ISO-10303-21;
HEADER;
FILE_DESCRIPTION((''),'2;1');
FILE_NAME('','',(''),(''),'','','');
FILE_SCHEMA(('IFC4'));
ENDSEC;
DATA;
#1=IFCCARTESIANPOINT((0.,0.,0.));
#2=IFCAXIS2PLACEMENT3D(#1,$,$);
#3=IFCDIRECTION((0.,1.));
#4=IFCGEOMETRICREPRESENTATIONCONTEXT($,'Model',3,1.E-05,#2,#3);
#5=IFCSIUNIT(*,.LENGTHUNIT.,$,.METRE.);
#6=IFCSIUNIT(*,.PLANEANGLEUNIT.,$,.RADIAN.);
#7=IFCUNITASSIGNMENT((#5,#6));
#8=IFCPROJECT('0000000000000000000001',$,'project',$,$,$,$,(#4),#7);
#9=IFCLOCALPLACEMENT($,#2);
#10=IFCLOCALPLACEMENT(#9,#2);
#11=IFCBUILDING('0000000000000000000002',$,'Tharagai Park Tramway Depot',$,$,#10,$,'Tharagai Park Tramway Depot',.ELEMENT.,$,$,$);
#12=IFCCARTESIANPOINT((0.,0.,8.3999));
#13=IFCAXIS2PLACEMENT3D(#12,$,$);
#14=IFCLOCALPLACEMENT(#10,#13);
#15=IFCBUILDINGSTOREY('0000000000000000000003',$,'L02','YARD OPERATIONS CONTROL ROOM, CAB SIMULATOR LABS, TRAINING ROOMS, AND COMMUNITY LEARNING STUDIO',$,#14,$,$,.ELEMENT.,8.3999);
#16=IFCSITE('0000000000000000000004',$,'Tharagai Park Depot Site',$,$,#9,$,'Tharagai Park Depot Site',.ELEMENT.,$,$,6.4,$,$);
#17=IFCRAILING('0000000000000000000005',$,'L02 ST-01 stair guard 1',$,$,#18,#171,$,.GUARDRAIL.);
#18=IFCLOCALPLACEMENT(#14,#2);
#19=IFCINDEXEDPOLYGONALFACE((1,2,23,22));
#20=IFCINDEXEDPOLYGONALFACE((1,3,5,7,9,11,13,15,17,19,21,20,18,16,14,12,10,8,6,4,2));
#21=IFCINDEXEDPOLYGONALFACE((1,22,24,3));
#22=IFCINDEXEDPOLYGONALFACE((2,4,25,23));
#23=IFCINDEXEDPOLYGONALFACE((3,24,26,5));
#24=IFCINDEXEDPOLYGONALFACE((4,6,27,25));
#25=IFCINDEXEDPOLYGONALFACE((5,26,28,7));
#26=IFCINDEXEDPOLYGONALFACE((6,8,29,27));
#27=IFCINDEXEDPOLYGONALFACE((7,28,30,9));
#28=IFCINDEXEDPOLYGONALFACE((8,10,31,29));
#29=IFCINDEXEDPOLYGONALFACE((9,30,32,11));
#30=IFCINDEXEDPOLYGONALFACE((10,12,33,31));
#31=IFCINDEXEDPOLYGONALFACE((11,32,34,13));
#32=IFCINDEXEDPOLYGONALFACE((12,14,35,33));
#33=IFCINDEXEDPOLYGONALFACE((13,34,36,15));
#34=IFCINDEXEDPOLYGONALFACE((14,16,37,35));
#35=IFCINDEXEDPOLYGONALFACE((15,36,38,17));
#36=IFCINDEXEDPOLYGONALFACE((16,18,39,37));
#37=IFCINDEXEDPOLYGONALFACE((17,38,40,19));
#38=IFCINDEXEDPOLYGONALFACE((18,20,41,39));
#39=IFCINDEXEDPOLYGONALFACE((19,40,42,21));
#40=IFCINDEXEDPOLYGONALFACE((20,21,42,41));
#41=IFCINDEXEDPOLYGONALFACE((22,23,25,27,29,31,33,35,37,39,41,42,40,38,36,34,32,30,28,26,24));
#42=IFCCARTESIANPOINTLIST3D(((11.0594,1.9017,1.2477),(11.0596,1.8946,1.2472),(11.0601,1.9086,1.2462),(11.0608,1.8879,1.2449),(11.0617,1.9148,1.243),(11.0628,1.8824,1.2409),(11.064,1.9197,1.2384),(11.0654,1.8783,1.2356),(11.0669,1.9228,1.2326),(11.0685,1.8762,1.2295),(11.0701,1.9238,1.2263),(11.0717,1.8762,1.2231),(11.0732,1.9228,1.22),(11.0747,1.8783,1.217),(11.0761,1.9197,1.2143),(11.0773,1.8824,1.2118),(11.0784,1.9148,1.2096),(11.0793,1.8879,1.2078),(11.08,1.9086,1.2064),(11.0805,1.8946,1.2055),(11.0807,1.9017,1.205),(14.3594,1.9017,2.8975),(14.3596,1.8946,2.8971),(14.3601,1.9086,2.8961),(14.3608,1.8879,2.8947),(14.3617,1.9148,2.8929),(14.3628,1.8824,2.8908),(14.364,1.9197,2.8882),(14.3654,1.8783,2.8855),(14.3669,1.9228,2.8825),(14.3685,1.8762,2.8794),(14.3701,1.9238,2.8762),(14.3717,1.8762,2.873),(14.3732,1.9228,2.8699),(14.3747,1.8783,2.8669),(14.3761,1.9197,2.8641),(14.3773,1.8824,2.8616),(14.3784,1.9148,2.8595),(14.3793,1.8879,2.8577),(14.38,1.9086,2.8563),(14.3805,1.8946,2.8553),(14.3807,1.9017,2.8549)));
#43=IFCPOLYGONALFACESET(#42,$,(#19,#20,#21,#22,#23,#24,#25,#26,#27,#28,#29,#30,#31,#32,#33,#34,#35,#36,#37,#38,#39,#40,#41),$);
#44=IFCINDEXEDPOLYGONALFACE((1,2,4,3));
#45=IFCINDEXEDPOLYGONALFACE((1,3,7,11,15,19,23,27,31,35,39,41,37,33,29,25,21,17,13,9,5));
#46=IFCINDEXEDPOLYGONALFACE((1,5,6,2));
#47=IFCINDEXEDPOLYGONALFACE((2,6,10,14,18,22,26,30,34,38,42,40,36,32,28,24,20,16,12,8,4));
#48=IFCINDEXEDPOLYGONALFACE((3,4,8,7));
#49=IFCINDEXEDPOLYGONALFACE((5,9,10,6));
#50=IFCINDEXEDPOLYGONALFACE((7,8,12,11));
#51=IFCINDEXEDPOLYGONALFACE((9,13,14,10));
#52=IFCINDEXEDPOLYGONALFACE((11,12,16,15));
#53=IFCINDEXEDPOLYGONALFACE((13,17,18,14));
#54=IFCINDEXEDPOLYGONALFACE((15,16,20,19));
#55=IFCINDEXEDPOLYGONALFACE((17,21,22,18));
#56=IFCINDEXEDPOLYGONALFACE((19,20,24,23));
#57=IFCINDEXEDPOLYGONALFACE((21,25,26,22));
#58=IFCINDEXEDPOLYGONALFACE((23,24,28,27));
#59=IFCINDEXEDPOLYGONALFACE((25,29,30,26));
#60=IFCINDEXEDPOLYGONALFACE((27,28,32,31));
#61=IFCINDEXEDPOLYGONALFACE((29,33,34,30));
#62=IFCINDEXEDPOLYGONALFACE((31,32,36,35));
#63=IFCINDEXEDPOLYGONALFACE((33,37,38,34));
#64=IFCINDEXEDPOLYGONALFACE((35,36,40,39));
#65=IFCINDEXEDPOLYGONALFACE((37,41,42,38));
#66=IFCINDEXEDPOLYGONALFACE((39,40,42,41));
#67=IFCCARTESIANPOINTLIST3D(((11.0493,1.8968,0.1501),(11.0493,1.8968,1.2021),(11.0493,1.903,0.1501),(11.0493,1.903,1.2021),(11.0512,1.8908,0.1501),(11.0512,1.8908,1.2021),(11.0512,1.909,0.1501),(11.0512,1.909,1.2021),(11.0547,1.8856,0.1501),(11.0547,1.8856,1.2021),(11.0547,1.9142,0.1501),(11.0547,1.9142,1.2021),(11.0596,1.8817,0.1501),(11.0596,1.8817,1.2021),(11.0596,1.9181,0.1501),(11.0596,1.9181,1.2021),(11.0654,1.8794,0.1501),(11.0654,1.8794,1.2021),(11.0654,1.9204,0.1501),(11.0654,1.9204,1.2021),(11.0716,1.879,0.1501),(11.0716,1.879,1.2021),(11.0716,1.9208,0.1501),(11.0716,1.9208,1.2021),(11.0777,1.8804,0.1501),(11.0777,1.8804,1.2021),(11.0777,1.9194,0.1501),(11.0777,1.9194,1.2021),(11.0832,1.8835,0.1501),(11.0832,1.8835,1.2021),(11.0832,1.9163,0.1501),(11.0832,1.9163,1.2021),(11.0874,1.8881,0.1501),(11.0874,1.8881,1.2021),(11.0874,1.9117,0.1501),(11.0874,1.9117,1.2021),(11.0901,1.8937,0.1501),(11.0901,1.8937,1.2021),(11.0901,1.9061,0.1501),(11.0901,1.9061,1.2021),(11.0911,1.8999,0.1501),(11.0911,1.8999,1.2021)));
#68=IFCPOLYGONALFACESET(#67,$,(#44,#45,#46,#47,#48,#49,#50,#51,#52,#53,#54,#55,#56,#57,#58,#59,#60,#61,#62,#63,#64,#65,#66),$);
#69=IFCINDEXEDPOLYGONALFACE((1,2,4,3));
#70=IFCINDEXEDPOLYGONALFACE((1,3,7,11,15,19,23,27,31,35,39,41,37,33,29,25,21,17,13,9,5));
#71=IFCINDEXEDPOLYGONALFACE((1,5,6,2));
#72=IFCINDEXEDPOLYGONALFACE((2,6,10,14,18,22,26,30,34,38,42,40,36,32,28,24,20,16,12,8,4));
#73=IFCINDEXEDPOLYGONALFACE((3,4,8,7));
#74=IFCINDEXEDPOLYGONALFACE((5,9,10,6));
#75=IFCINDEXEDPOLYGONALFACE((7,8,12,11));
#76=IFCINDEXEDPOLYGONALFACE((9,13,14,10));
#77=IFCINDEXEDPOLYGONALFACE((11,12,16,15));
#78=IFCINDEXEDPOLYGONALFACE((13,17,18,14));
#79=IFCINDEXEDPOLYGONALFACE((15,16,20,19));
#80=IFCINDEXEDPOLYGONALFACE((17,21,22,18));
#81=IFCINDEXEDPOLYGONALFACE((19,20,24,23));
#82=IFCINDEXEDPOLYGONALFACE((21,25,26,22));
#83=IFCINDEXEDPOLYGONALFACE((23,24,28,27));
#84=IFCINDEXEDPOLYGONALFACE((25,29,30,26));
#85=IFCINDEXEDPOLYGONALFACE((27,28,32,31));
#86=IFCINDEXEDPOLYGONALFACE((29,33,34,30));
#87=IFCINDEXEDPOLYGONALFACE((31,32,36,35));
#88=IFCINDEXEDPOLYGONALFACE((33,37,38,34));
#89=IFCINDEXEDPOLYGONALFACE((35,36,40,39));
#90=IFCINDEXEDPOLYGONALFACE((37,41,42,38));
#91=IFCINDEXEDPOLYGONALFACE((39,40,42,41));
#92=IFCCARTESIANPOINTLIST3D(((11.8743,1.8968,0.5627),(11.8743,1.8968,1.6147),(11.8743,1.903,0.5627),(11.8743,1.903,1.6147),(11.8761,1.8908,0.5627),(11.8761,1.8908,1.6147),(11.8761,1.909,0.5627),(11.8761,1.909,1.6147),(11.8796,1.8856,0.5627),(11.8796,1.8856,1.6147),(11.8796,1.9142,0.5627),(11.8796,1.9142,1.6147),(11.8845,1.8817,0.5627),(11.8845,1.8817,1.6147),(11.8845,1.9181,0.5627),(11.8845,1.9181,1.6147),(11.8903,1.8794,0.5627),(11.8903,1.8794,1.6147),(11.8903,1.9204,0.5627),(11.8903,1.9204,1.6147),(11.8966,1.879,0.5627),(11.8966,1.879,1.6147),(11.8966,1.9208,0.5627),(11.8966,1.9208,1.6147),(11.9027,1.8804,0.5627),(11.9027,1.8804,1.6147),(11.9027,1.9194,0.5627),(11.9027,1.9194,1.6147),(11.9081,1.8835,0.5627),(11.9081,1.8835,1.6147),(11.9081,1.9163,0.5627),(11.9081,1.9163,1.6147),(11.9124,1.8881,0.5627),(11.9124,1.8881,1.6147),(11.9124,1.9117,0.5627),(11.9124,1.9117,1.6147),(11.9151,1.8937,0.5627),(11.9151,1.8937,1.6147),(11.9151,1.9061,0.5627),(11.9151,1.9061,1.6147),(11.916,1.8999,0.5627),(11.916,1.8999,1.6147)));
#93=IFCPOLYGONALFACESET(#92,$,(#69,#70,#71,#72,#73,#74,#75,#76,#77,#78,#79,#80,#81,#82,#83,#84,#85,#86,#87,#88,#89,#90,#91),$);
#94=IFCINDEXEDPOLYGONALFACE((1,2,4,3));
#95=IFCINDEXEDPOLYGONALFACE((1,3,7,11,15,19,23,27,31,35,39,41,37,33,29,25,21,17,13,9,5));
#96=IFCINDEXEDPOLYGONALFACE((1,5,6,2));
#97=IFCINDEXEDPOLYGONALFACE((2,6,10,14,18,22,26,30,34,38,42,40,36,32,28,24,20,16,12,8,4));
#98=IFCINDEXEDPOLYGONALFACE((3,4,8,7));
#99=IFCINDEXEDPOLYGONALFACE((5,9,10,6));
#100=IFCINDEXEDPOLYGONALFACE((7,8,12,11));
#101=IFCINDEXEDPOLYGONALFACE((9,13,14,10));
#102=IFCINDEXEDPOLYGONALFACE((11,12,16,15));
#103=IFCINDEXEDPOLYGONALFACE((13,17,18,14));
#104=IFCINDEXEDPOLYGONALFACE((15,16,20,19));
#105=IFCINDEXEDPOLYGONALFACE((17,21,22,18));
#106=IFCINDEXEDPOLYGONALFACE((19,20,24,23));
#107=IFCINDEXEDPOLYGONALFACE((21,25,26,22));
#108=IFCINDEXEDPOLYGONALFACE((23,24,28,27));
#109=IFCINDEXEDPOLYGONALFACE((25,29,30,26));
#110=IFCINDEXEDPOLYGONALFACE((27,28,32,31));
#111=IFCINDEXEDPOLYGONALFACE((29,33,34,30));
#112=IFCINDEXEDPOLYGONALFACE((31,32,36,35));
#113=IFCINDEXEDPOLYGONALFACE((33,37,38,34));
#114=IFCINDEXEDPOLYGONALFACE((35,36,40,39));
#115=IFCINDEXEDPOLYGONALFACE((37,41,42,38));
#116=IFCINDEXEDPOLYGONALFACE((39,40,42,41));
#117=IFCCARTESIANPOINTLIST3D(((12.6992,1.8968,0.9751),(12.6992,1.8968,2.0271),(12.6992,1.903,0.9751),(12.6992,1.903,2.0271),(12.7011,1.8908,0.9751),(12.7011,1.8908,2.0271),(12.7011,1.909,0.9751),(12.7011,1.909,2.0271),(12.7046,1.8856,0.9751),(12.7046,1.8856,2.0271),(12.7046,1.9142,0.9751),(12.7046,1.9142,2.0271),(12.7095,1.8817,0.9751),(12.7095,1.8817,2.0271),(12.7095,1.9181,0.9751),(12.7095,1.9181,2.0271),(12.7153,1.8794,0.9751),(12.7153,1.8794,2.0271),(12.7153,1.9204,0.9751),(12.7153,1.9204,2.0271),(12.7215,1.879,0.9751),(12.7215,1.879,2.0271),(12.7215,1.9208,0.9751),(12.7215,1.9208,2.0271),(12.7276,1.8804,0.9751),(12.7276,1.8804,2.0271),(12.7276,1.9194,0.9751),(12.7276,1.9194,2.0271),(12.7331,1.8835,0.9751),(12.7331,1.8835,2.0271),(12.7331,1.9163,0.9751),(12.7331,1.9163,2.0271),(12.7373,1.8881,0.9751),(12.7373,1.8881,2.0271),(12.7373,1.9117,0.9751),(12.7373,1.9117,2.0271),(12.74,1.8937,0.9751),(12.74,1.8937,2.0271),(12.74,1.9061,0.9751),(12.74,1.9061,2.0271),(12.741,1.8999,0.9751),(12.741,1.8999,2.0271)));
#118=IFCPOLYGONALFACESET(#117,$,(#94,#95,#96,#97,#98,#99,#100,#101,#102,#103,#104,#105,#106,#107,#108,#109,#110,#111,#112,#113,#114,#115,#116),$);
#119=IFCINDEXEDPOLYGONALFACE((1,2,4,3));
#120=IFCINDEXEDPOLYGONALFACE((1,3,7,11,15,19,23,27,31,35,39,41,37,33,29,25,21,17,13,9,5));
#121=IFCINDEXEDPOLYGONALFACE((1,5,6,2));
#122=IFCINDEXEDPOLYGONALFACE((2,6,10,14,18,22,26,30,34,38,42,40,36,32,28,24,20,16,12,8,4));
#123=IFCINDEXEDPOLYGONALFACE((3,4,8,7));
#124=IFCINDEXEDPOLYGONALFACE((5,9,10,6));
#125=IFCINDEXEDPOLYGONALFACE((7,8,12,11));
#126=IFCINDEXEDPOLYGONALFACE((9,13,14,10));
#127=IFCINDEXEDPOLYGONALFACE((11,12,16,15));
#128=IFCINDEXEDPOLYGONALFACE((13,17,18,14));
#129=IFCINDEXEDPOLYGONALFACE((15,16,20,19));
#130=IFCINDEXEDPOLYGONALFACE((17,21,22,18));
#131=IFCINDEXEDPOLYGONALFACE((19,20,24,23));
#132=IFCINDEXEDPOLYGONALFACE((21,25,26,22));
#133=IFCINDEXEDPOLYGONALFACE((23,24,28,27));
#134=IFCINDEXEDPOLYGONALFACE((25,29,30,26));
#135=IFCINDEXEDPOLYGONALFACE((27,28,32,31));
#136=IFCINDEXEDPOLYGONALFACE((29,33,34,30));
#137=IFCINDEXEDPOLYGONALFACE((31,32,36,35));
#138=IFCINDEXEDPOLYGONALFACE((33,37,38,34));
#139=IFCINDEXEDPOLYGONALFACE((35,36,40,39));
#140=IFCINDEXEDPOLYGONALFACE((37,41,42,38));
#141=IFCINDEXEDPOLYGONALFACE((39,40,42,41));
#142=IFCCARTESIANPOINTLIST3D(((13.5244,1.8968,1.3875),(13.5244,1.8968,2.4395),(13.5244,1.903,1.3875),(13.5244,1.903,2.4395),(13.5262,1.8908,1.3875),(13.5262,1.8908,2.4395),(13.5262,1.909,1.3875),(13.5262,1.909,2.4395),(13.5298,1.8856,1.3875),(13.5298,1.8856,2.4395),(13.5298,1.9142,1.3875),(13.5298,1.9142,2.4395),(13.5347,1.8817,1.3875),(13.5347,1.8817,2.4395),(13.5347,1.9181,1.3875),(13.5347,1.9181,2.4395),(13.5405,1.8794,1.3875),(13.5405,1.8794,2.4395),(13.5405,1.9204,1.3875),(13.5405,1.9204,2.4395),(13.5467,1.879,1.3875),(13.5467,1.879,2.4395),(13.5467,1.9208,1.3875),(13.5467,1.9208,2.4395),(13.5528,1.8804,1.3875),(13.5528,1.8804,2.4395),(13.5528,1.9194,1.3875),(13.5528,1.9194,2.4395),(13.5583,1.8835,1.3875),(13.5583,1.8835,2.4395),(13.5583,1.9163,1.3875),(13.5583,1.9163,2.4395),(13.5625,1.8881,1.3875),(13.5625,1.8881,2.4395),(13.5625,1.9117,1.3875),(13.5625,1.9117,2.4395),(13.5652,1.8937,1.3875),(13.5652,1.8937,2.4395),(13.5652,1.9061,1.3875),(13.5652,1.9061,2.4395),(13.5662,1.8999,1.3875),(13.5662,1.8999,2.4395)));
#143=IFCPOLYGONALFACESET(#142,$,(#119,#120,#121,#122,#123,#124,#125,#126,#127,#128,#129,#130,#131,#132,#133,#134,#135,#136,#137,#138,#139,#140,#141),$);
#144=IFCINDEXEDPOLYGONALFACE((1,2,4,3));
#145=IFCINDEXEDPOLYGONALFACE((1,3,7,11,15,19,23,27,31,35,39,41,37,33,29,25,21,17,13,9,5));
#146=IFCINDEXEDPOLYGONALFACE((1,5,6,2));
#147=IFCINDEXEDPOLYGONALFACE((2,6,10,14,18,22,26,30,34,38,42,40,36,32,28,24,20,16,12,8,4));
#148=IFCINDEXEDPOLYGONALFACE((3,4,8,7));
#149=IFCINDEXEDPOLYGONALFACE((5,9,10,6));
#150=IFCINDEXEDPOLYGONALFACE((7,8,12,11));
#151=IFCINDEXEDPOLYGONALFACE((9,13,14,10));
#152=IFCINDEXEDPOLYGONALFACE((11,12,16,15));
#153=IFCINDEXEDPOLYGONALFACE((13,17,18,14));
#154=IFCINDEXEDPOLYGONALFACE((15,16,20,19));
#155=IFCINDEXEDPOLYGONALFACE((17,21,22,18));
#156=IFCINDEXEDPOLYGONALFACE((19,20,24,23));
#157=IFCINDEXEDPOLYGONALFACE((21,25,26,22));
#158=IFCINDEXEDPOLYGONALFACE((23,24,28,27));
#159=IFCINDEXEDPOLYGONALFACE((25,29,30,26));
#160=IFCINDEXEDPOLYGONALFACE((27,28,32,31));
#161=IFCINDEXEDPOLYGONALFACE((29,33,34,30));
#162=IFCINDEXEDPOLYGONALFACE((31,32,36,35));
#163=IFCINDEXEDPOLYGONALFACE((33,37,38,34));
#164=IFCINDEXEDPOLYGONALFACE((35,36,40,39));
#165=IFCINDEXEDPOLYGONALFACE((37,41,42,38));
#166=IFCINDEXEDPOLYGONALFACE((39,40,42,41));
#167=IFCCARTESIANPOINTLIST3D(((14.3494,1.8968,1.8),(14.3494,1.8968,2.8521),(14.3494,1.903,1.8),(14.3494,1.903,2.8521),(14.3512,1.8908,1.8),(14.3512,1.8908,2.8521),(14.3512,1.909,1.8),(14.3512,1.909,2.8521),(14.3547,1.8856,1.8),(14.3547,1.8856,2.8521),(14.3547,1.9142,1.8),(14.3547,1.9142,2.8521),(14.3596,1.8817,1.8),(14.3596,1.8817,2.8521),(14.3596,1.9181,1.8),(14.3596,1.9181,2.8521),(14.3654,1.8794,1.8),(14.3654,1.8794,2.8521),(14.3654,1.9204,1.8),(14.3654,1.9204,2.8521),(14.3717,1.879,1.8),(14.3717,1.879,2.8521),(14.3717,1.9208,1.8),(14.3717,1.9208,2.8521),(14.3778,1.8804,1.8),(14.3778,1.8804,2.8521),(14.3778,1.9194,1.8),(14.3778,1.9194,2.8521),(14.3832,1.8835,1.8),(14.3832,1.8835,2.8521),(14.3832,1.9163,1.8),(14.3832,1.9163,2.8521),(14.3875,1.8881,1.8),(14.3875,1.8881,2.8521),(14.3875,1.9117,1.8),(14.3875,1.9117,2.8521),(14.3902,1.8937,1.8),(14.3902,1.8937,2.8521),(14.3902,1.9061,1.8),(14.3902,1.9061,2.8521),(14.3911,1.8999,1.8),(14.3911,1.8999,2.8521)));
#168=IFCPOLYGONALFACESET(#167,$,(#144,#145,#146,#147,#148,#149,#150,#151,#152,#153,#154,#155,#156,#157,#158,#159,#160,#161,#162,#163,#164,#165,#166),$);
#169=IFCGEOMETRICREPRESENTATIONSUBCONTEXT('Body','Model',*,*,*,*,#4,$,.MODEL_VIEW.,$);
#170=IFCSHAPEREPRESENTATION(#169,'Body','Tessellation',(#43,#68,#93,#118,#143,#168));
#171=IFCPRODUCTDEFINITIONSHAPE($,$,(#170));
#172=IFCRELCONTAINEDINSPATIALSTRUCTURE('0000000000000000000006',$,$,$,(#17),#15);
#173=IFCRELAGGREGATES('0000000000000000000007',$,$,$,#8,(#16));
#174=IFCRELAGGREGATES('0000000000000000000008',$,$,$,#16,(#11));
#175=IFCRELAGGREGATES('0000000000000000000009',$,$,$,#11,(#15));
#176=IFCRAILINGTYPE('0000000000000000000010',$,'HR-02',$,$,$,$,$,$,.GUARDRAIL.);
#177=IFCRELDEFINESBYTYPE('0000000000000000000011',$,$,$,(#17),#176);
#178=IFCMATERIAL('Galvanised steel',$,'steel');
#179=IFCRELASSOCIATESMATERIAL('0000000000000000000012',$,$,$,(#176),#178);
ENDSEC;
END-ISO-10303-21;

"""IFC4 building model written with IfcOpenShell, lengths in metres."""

from ifc_helpers import new_model, si_unit, direction, frame, origin, origin_2d, place, context, subcontext, project, spatial, circle, extrude, material, type_object, element, save


model = new_model("IFC4")

# Units and contexts
model_context = context("Model", 3, precision=1e-05, world=origin(), true_north=direction((0.0, 1.0)))
body_context = subcontext(model_context, "Body", "Model", "MODEL_VIEW")
ifc_project = project(units=[si_unit("LENGTHUNIT", "METRE"), si_unit("PLANEANGLEUNIT", "RADIAN")], contexts=[model_context])

# Site, building, storey
site_placement = place(None, origin())
site = spatial("IfcSite", under=ifc_project, at=site_placement, Name="Tharagai Park Depot Site", LongName="Tharagai Park Depot Site", CompositionType="ELEMENT", RefElevation=6.4)
building_placement = place(site_placement, origin())
building = spatial("IfcBuilding", under=site, at=building_placement, Name="Tharagai Park Tramway Depot", LongName="Tharagai Park Tramway Depot", CompositionType="ELEMENT")
storey_placement = place(building_placement, frame((0.0, 0.0, 8.3999)))
storey = spatial("IfcBuildingStorey", under=building, at=storey_placement, Name="L02", Description="YARD OPERATIONS CONTROL ROOM, CAB SIMULATOR LABS, TRAINING ROOMS, AND COMMUNITY LEARNING STUDIO", CompositionType="ELEMENT", Elevation=8.3999)

# Shared definitions
ifc_material_1 = material(Name="Galvanised steel", Category="steel")

# Railing
railing_type_1 = type_object("IfcRailingType", Name="HR-02", PredefinedType="GUARDRAIL", material=ifc_material_1)
railing_1_placement = place(storey_placement, frame((11.0701, 1.8999, 0.1501)))
element("IfcRailing", 1, at=railing_1_placement, inside=storey, type_object=railing_type_1, Name="L02 ST-01 stair guard 1", PredefinedType="GUARDRAIL", context=body_context, shape_type="SweptSolid", body=[
    extrude(circle(Radius=0.0239, at=origin_2d()), frame((0.0, 0.0, 1.0762), z_axis=(0.89444, 0.0, 0.447187), x_axis=(0.0, 1.0, 0.0)), (0.0, 0.0, 1.0), 3.6895),
    extrude(circle(Radius=0.021, at=origin_2d()), origin(), (0.0, 0.0, 1.0), 1.052),
    extrude(circle(Radius=0.021, at=origin_2d()), frame((0.825, 0.0, 0.4126)), (0.0, 0.0, 1.0), 1.052),
    extrude(circle(Radius=0.021, at=origin_2d()), frame((1.6499, 0.0, 0.825)), (0.0, 0.0, 1.0), 1.052),
    extrude(circle(Radius=0.021, at=origin_2d()), frame((2.4751, 0.0, 1.2373)), (0.0, 0.0, 1.0), 1.052),
    extrude(circle(Radius=0.021, at=origin_2d()), frame((3.3, 0.0, 1.6499)), (0.0, 0.0, 1.0), 1.052),
])

save(model, "model.ifc")
